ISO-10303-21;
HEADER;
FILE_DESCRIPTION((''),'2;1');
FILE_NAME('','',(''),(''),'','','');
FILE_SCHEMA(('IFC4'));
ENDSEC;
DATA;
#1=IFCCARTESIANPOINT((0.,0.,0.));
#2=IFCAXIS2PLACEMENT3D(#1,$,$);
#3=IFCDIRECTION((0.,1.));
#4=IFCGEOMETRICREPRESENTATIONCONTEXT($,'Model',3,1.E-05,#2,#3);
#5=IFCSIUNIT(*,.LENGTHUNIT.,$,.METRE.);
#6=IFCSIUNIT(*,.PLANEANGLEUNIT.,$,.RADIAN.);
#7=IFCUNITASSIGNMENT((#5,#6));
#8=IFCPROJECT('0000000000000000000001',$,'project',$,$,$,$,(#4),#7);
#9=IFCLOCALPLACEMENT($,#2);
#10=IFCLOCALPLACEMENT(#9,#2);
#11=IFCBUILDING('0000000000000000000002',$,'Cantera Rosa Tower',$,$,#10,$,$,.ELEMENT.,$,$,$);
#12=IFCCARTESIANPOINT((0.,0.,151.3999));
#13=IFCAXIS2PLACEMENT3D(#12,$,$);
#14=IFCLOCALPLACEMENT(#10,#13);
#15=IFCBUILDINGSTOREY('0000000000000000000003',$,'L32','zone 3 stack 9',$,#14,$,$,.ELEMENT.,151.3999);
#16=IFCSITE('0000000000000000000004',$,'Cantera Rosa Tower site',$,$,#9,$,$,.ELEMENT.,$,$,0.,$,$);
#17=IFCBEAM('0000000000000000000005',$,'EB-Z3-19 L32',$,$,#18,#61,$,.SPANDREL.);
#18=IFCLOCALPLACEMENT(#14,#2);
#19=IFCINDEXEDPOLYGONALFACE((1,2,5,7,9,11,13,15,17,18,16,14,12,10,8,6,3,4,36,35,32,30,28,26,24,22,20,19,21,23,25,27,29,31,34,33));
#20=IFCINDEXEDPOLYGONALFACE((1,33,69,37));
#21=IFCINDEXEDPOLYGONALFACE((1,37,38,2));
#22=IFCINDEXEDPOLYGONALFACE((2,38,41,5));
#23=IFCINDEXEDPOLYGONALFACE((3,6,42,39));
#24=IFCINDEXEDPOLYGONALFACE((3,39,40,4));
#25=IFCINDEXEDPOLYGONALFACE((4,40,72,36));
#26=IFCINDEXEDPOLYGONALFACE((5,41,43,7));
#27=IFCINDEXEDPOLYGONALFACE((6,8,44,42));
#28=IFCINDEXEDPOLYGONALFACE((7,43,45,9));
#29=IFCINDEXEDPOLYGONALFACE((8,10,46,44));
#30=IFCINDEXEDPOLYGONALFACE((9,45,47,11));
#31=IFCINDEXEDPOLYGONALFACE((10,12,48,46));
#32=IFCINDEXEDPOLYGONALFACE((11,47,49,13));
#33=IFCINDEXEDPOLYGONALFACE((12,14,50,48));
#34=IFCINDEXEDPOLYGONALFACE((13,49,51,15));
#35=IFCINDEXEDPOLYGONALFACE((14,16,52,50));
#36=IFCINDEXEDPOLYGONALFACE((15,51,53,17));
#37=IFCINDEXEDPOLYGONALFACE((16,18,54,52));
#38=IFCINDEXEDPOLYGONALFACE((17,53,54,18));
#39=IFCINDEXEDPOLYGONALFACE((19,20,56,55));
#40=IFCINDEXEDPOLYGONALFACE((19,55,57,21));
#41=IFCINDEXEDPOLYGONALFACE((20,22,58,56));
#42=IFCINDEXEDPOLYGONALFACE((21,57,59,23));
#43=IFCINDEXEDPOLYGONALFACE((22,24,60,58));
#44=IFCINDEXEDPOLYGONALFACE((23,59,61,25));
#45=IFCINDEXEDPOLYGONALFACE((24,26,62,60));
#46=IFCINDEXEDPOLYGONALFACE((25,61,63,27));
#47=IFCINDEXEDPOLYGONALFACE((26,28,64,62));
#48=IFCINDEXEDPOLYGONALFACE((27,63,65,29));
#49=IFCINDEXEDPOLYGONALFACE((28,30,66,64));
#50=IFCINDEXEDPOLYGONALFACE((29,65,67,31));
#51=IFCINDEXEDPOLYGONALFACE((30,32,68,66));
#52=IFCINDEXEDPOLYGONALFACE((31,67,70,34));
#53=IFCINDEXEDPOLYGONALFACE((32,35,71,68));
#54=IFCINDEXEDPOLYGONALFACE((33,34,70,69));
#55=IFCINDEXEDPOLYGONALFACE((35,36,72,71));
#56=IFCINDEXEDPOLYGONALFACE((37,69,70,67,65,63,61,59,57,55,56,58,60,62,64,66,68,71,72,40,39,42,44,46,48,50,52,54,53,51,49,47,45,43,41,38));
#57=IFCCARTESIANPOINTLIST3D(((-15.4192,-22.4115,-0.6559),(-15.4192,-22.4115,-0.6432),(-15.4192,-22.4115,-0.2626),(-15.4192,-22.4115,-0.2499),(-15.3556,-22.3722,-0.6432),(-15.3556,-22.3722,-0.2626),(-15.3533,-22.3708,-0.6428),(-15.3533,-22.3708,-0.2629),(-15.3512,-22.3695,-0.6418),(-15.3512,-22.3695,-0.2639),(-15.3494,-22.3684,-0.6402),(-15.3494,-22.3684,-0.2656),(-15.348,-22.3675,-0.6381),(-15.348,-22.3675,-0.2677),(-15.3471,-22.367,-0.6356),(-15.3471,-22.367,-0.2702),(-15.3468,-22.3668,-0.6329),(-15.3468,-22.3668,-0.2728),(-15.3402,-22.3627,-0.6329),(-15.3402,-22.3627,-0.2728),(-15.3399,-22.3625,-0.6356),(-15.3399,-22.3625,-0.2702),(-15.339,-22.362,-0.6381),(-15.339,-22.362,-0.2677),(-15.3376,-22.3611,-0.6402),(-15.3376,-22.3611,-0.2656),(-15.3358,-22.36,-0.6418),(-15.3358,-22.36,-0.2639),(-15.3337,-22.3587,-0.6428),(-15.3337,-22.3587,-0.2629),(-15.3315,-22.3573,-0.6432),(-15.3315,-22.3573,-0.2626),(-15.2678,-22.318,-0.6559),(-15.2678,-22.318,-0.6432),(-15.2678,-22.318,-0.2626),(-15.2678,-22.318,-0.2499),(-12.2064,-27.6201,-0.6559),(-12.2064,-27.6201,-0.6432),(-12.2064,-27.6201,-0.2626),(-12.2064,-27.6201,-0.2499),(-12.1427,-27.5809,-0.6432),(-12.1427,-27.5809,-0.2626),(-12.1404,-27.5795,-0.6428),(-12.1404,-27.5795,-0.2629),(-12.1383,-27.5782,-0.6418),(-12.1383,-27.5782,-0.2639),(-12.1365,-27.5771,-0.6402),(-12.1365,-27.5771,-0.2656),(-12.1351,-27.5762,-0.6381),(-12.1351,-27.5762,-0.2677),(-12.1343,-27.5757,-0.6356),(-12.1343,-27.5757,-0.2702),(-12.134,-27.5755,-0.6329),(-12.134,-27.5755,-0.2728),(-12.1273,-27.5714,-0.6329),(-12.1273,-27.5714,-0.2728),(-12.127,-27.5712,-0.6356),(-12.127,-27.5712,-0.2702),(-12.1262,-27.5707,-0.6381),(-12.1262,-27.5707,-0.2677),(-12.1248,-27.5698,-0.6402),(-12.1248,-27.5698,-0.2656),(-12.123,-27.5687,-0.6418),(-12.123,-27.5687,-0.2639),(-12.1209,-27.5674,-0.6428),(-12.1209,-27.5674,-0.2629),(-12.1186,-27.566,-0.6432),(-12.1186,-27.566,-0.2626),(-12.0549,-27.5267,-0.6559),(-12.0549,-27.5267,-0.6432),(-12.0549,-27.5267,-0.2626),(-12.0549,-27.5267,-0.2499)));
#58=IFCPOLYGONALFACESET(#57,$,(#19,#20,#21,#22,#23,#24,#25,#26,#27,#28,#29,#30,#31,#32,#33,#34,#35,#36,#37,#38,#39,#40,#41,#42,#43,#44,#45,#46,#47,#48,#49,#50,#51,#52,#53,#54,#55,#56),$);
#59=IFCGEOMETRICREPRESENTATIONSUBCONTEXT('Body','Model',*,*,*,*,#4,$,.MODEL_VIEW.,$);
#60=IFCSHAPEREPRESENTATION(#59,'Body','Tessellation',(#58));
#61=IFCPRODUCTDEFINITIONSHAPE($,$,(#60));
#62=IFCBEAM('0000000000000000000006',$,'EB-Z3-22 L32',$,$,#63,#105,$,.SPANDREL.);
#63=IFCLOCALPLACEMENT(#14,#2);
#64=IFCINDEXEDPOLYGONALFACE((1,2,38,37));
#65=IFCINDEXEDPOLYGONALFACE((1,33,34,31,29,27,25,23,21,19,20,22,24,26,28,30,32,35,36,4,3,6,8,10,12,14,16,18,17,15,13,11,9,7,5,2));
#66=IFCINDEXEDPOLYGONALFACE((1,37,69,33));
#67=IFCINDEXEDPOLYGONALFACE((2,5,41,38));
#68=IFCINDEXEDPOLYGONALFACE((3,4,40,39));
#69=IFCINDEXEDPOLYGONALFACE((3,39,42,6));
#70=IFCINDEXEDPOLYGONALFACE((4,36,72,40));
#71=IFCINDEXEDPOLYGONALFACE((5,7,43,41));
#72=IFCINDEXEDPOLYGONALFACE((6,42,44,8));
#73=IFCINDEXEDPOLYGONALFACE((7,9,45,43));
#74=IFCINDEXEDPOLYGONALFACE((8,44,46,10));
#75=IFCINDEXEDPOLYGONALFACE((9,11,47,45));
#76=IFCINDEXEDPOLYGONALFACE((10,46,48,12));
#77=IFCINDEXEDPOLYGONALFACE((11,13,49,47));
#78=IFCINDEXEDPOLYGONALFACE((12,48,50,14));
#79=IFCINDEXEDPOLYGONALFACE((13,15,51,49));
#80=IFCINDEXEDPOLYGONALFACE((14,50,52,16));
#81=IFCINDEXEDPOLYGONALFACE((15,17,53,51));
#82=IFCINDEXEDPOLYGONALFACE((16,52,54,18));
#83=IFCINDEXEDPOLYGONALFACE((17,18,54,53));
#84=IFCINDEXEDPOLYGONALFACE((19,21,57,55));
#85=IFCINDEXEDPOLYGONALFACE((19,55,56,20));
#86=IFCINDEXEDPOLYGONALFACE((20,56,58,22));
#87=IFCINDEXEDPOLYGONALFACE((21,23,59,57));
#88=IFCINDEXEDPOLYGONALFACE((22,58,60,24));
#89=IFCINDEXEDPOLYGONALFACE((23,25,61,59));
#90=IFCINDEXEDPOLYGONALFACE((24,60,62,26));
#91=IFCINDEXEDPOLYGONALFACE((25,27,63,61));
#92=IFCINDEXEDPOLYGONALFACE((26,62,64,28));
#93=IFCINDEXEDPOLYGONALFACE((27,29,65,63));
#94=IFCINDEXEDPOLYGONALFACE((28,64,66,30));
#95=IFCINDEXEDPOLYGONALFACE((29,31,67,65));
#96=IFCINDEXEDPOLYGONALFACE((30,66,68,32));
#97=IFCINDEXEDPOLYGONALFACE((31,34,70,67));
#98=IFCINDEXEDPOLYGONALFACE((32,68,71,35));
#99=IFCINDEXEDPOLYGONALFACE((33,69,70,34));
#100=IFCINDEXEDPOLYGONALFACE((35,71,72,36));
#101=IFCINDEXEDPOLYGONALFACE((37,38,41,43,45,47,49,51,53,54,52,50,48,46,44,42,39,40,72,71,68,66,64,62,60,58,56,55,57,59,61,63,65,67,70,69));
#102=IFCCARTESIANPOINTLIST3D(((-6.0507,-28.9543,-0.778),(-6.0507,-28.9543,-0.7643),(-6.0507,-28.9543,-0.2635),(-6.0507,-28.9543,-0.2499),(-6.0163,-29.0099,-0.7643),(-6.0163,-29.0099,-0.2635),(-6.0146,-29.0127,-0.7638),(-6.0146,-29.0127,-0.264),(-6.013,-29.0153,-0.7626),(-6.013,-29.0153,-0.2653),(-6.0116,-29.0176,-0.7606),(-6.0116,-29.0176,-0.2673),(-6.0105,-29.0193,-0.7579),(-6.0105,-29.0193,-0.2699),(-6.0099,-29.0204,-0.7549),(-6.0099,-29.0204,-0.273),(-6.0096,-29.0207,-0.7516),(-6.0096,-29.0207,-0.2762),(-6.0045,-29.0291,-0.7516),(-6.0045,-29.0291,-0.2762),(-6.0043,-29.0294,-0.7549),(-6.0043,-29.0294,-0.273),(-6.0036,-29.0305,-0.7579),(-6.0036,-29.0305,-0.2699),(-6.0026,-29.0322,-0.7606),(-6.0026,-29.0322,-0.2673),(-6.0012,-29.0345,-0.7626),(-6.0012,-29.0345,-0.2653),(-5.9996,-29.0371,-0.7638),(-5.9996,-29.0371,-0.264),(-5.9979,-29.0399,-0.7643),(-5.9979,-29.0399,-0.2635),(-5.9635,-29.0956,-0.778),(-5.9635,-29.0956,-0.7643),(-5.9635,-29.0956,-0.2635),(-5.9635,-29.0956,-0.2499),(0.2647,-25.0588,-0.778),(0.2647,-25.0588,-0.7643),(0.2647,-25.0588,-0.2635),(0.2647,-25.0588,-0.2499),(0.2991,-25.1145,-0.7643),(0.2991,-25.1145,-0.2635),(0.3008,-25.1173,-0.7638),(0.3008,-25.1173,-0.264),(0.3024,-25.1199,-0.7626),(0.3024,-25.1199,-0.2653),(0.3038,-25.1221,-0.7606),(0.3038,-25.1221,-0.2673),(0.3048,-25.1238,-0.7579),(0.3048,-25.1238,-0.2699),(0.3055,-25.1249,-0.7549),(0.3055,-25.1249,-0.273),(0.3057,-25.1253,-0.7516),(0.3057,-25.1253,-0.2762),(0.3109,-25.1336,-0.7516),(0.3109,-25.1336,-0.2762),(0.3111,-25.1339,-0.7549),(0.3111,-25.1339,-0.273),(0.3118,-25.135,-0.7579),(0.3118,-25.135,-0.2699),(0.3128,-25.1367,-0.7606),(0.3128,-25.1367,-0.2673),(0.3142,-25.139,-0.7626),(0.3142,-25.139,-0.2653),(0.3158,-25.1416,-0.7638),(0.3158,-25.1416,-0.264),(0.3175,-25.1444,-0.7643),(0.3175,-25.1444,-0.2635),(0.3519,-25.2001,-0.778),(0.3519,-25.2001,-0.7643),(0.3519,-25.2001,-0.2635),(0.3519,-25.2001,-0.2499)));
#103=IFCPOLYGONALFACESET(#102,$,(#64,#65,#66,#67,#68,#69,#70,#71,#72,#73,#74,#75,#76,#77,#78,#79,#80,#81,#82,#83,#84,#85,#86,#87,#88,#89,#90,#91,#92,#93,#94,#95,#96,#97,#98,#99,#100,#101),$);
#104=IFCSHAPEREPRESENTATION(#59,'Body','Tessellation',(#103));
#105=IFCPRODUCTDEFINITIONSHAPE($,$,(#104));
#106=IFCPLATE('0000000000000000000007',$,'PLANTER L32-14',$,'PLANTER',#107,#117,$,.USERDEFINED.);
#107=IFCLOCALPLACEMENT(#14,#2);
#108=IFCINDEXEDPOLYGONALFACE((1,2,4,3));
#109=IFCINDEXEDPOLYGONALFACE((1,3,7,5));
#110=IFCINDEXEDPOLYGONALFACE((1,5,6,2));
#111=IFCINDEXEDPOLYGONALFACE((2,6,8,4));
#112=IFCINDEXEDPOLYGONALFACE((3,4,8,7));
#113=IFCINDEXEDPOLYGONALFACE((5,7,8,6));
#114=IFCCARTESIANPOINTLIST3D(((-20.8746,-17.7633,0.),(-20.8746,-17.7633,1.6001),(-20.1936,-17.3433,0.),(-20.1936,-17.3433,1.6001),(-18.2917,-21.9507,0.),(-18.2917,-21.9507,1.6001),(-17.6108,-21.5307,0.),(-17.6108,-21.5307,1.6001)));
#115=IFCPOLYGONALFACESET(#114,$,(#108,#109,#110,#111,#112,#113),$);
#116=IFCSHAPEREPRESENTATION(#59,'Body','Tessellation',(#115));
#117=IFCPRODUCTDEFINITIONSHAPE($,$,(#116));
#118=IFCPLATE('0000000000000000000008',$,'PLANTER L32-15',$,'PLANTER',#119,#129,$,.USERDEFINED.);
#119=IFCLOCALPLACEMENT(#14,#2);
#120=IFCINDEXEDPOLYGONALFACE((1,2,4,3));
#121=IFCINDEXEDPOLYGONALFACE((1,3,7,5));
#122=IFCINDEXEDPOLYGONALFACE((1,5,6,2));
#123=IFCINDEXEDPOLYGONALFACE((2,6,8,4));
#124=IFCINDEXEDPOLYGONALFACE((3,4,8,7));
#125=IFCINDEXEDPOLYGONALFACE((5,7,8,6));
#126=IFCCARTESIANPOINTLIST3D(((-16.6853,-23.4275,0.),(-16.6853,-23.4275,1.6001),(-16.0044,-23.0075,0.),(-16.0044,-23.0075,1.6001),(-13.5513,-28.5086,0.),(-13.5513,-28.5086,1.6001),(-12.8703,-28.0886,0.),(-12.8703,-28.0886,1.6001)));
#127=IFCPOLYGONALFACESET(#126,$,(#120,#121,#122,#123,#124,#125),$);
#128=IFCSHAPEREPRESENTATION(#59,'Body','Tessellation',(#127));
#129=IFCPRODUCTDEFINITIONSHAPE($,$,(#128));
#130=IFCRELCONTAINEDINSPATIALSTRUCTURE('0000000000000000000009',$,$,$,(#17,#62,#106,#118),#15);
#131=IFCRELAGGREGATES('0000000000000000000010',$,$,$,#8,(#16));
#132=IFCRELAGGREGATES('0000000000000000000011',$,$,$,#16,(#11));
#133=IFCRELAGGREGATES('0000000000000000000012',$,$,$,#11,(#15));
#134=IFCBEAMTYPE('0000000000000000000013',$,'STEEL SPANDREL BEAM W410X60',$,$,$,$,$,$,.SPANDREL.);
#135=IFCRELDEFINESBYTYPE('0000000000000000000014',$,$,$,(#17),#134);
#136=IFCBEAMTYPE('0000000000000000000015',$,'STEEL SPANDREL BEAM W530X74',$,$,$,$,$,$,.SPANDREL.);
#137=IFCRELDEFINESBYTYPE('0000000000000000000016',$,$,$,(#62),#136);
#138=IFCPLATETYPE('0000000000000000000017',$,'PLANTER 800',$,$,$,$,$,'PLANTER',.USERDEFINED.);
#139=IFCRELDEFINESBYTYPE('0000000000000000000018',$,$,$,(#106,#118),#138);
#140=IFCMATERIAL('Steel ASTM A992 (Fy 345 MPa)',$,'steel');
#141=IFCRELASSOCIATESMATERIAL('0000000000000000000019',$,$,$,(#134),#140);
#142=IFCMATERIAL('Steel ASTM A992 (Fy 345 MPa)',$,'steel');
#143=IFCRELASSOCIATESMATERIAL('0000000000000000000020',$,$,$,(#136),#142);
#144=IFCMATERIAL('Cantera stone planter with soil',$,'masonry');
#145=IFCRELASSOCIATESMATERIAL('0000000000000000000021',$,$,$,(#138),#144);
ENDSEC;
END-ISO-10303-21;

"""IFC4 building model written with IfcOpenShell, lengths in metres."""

from ifc_helpers import new_model, si_unit, direction, frame, origin, origin_2d, place, context, subcontext, project, spatial, rectangle, i_section, extrude, material, material_profile, profile_set, type_object, element, save


model = new_model("IFC4")

# Units and contexts
model_context = context("Model", 3, precision=1e-05, world=origin(), true_north=direction((0.0, 1.0)))
body_context = subcontext(model_context, "Body", "Model", "MODEL_VIEW")
ifc_project = project(units=[si_unit("LENGTHUNIT", "METRE"), si_unit("PLANEANGLEUNIT", "RADIAN")], contexts=[model_context])

# Site, building, storey
site_placement = place(None, origin())
site = spatial("IfcSite", under=ifc_project, at=site_placement, Name="Cantera Rosa Tower site", CompositionType="ELEMENT", RefElevation=0.0)
building_placement = place(site_placement, origin())
building = spatial("IfcBuilding", under=site, at=building_placement, Name="Cantera Rosa Tower", CompositionType="ELEMENT")
storey_placement = place(building_placement, frame((0.0, 0.0, 151.3999)))
storey = spatial("IfcBuildingStorey", under=building, at=storey_placement, Name="L32", Description="zone 3 stack 9", CompositionType="ELEMENT", Elevation=151.3999)

# Beams
ifc_material_1 = material(Name="Steel ASTM A992 (Fy 345 MPa)", Category="steel")
ifc_material_profile_1 = material_profile(ifc_material_1, i_section(OverallWidth=0.178, OverallDepth=0.406, WebThickness=0.0078, FlangeThickness=0.0127, FilletRadius=0.0103, at=origin_2d()), Name="W410X60")
ifc_profile_set_1 = profile_set([ifc_material_profile_1], Name="Steel ASTM A992 (Fy 345 MPa)")
beam_type_1 = type_object("IfcBeamType", Name="STEEL SPANDREL BEAM W410X60", PredefinedType="SPANDREL", material=ifc_profile_set_1)
beam_1_placement = place(storey_placement, frame((-15.3435, -22.3647, -0.4529), z_axis=(0.524987, -0.85111, 0.0), x_axis=(0.85111, 0.524987, 0.0)))
element("IfcBeam", 1, at=beam_1_placement, inside=storey, type_object=beam_type_1, Name="EB-Z3-19 L32", PredefinedType="SPANDREL", context=body_context, shape_type="SweptSolid", body=[
    extrude(i_section(OverallWidth=0.178, OverallDepth=0.406, WebThickness=0.0078, FlangeThickness=0.0127, FilletRadius=0.0103, at=origin_2d()), origin(), (0.0, 0.0, 1.0), 6.1199),
])
ifc_material_2 = material(Name="Steel ASTM A992 (Fy 345 MPa)", Category="steel")
ifc_material_profile_2 = material_profile(ifc_material_2, i_section(OverallWidth=0.166, OverallDepth=0.5281, WebThickness=0.0098, FlangeThickness=0.0137, FilletRadius=0.0127, at=origin_2d()), Name="W530X74")
ifc_profile_set_2 = profile_set([ifc_material_profile_2], Name="Steel ASTM A992 (Fy 345 MPa)")
beam_type_2 = type_object("IfcBeamType", Name="STEEL SPANDREL BEAM W530X74", PredefinedType="SPANDREL", material=ifc_profile_set_2)
beam_2_placement = place(storey_placement, frame((-6.0071, -29.0249, -0.5139), z_axis=(0.851111, 0.524986, 0.0), x_axis=(-0.524986, 0.851111, 0.0)))
element("IfcBeam", 2, at=beam_2_placement, inside=storey, type_object=beam_type_2, Name="EB-Z3-22 L32", PredefinedType="SPANDREL", context=body_context, shape_type="SweptSolid", body=[
    extrude(i_section(OverallWidth=0.166, OverallDepth=0.5281, WebThickness=0.0098, FlangeThickness=0.0137, FilletRadius=0.0127, at=origin_2d()), origin(), (0.0, 0.0, 1.0), 7.4202),
])

# Plates
ifc_material_3 = material(Name="Cantera stone planter with soil", Category="masonry")
plate_type = type_object("IfcPlateType", Name="PLANTER 800", ElementType="PLANTER", PredefinedType="USERDEFINED", material=ifc_material_3)
plate_1_placement = place(storey_placement, frame((-19.2427, -19.647, 0.0), z_axis=(0.0, 0.0, 1.0), x_axis=(0.524977, -0.851117, 0.0)))
element("IfcPlate", 3, at=plate_1_placement, inside=storey, type_object=plate_type, Name="PLANTER L32-14", ObjectType="PLANTER", PredefinedType="USERDEFINED", context=body_context, shape_type="SweptSolid", body=[
    extrude(rectangle(XDim=4.9199, YDim=0.8, at=origin_2d()), origin(), (0.0, 0.0, 1.0), 1.6001),
])
plate_2_placement = place(storey_placement, frame((-14.7778, -25.7581, 0.0), z_axis=(0.0, 0.0, 1.0), x_axis=(0.524977, -0.851117, 0.0)))
element("IfcPlate", 4, at=plate_2_placement, inside=storey, type_object=plate_type, Name="PLANTER L32-15", ObjectType="PLANTER", PredefinedType="USERDEFINED", context=body_context, shape_type="SweptSolid", body=[
    extrude(rectangle(XDim=5.97, YDim=0.8, at=origin_2d()), origin(), (0.0, 0.0, 1.0), 1.6001),
])

save(model, "model.ifc")
